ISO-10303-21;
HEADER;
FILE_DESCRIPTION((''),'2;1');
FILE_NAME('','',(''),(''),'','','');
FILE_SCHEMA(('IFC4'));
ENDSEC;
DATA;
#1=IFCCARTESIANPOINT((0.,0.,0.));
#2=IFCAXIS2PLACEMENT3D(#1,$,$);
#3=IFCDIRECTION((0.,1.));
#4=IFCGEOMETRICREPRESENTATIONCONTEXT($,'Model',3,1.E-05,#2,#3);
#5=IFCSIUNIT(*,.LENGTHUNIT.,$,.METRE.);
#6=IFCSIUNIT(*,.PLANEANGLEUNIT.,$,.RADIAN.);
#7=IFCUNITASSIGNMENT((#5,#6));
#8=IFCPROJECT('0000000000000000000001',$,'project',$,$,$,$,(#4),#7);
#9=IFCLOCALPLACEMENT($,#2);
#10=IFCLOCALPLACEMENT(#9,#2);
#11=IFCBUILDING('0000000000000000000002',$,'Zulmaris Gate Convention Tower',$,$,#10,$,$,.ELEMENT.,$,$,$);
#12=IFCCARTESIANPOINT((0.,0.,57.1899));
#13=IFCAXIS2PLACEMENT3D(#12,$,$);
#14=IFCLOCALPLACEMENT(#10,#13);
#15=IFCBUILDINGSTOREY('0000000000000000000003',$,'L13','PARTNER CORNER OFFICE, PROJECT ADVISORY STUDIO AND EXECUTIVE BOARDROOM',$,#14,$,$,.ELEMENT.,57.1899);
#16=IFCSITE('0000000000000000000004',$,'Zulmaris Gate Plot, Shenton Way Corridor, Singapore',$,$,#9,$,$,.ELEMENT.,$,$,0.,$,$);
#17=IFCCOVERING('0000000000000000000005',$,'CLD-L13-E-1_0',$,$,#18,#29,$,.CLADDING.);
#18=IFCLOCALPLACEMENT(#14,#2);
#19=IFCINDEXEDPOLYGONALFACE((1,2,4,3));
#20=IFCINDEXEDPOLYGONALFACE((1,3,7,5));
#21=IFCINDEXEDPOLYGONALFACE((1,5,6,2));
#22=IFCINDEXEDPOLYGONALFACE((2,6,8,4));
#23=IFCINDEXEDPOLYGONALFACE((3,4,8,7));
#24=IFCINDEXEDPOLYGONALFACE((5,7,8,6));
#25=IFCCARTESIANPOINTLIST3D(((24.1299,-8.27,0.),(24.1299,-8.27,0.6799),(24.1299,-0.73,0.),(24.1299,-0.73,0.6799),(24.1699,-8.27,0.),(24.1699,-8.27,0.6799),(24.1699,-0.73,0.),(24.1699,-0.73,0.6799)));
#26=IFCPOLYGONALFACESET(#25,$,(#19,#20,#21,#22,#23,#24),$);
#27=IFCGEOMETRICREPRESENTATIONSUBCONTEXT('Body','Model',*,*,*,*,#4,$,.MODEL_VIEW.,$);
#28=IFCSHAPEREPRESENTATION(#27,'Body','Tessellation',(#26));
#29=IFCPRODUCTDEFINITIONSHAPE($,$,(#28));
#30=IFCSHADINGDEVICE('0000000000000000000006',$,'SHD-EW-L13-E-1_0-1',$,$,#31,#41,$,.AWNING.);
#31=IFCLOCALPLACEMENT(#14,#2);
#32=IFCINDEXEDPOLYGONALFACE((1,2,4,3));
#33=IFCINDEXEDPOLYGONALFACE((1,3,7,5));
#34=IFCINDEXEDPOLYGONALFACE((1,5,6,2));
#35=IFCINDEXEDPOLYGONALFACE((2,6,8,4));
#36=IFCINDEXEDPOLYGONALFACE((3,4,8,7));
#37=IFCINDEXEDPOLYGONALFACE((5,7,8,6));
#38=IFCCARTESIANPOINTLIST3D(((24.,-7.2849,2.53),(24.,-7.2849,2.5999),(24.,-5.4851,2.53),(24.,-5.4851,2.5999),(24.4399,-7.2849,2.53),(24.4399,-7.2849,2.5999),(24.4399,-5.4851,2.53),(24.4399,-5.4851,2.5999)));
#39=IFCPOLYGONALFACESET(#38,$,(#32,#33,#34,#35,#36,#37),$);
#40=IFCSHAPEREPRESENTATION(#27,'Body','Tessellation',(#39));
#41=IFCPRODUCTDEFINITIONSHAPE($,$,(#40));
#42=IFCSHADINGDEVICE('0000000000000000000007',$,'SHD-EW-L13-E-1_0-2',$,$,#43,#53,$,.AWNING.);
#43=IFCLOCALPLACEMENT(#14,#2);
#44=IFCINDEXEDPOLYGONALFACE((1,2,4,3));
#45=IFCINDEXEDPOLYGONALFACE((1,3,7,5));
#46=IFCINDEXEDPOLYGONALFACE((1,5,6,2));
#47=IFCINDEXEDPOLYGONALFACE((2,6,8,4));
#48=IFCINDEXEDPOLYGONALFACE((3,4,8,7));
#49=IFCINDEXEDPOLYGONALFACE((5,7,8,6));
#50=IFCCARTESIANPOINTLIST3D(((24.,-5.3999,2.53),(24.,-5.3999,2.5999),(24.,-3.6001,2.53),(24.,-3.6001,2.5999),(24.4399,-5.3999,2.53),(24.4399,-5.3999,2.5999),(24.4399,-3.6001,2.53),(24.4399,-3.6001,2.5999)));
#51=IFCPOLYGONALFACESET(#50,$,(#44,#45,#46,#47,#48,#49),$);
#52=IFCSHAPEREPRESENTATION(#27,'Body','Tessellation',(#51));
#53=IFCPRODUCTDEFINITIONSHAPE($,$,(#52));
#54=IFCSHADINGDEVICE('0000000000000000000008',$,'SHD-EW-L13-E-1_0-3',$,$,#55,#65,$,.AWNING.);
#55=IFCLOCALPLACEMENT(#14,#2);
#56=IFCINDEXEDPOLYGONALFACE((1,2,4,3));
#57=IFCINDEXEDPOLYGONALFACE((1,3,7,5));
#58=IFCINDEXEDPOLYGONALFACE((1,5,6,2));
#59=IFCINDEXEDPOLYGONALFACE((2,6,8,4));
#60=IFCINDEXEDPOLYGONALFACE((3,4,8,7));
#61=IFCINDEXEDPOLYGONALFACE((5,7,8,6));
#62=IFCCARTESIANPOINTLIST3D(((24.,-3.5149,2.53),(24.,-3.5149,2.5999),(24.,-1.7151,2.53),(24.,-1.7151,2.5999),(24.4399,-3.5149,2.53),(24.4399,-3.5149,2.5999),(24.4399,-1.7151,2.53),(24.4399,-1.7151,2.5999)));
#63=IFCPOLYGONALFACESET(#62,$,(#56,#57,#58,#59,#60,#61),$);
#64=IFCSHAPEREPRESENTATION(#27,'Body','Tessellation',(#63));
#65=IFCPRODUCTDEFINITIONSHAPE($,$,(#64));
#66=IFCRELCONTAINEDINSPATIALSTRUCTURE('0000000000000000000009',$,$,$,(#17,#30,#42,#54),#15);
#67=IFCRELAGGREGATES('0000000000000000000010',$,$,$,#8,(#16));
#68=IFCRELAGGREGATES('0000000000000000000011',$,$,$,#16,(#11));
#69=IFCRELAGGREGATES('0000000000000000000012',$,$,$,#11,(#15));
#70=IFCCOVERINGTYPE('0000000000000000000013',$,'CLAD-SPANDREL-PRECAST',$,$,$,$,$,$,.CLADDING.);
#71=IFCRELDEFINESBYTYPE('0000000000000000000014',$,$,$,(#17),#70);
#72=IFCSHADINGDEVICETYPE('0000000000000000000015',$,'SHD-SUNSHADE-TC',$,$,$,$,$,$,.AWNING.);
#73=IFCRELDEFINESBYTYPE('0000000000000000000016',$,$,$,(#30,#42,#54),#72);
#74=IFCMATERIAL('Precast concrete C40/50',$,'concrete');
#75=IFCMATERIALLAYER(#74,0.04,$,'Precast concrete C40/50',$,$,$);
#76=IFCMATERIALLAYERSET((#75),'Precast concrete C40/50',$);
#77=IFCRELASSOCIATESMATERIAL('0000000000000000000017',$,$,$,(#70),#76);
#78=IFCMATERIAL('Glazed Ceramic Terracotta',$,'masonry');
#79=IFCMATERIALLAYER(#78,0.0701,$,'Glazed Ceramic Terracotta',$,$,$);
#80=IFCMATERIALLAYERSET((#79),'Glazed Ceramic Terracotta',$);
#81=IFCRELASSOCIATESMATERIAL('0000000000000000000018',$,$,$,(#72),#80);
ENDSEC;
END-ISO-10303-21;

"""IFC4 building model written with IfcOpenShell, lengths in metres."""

from ifc_helpers import new_model, si_unit, direction, frame, frame_2d, origin, place, context, subcontext, project, spatial, rectangle, extrude, material, layer, layer_set, type_object, element, save


model = new_model("IFC4")

# Units and contexts
model_context = context("Model", 3, precision=1e-05, world=origin(), true_north=direction((0.0, 1.0)))
body_context = subcontext(model_context, "Body", "Model", "MODEL_VIEW")
ifc_project = project(units=[si_unit("LENGTHUNIT", "METRE"), si_unit("PLANEANGLEUNIT", "RADIAN")], contexts=[model_context])

# Site, building, storey
site_placement = place(None, origin())
site = spatial("IfcSite", under=ifc_project, at=site_placement, Name="Zulmaris Gate Plot, Shenton Way Corridor, Singapore", CompositionType="ELEMENT", RefElevation=0.0)
building_placement = place(site_placement, origin())
building = spatial("IfcBuilding", under=site, at=building_placement, Name="Zulmaris Gate Convention Tower", CompositionType="ELEMENT")
storey_placement = place(building_placement, frame((0.0, 0.0, 57.1899)))
storey = spatial("IfcBuildingStorey", under=building, at=storey_placement, Name="L13", Description="PARTNER CORNER OFFICE, PROJECT ADVISORY STUDIO AND EXECUTIVE BOARDROOM", CompositionType="ELEMENT", Elevation=57.1899)

# Shared definitions
ifc_material_1 = material(Name="Precast concrete C40/50", Category="concrete")

# Covering
ifc_layer_1 = layer(ifc_material_1, 0.04, Name="Precast concrete C40/50")
ifc_layer_set_1 = layer_set([ifc_layer_1], Name="Precast concrete C40/50")
covering_type = type_object("IfcCoveringType", Name="CLAD-SPANDREL-PRECAST", PredefinedType="CLADDING", material=ifc_layer_set_1)
covering_placement = place(storey_placement, frame((24.1499, -8.27, 0.0), z_axis=(0.0, 0.0, 1.0), x_axis=(0.0, 1.0, 0.0)))
element("IfcCovering", 1, at=covering_placement, inside=storey, type_object=covering_type, Name="CLD-L13-E-1_0", PredefinedType="CLADDING", context=body_context, shape_type="SweptSolid", body=[
    extrude(rectangle(XDim=7.54, YDim=0.04, at=frame_2d((3.77, 0.0))), origin(), (0.0, 0.0, 1.0), 0.6799),
])

# Shading devices
ifc_material_2 = material(Name="Glazed Ceramic Terracotta", Category="masonry")
ifc_layer_2 = layer(ifc_material_2, 0.0701, Name="Glazed Ceramic Terracotta")
ifc_layer_set_2 = layer_set([ifc_layer_2], Name="Glazed Ceramic Terracotta")
shading_device_type = type_object("IfcShadingDeviceType", Name="SHD-SUNSHADE-TC", PredefinedType="AWNING", material=ifc_layer_set_2)
for number, where, z_axis, x_axis, name in (
    (2, (24.22, -7.2849, 2.53), (0.0, 0.0, 1.0), (0.0, 1.0, 0.0), "SHD-EW-L13-E-1_0-1"),
    (3, (24.22, -5.3999, 2.53), (0.0, 0.0, 1.0), (0.0, 1.0, 0.0), "SHD-EW-L13-E-1_0-2"),
    (4, (24.22, -3.5149, 2.53), (0.0, 0.0, 1.0), (0.0, 1.0, 0.0), "SHD-EW-L13-E-1_0-3"),
):
    element("IfcShadingDevice", number, at=place(storey_placement, frame(where, z_axis=z_axis, x_axis=x_axis)), inside=storey, type_object=shading_device_type, Name=name, PredefinedType="AWNING", context=body_context, shape_type="SweptSolid", body=[
        extrude(rectangle(XDim=1.7998, YDim=0.4399, at=frame_2d((0.8999, 0.0))), origin(), (0.0, 0.0, 1.0), 0.0698),
    ])

save(model, "model.ifc")
